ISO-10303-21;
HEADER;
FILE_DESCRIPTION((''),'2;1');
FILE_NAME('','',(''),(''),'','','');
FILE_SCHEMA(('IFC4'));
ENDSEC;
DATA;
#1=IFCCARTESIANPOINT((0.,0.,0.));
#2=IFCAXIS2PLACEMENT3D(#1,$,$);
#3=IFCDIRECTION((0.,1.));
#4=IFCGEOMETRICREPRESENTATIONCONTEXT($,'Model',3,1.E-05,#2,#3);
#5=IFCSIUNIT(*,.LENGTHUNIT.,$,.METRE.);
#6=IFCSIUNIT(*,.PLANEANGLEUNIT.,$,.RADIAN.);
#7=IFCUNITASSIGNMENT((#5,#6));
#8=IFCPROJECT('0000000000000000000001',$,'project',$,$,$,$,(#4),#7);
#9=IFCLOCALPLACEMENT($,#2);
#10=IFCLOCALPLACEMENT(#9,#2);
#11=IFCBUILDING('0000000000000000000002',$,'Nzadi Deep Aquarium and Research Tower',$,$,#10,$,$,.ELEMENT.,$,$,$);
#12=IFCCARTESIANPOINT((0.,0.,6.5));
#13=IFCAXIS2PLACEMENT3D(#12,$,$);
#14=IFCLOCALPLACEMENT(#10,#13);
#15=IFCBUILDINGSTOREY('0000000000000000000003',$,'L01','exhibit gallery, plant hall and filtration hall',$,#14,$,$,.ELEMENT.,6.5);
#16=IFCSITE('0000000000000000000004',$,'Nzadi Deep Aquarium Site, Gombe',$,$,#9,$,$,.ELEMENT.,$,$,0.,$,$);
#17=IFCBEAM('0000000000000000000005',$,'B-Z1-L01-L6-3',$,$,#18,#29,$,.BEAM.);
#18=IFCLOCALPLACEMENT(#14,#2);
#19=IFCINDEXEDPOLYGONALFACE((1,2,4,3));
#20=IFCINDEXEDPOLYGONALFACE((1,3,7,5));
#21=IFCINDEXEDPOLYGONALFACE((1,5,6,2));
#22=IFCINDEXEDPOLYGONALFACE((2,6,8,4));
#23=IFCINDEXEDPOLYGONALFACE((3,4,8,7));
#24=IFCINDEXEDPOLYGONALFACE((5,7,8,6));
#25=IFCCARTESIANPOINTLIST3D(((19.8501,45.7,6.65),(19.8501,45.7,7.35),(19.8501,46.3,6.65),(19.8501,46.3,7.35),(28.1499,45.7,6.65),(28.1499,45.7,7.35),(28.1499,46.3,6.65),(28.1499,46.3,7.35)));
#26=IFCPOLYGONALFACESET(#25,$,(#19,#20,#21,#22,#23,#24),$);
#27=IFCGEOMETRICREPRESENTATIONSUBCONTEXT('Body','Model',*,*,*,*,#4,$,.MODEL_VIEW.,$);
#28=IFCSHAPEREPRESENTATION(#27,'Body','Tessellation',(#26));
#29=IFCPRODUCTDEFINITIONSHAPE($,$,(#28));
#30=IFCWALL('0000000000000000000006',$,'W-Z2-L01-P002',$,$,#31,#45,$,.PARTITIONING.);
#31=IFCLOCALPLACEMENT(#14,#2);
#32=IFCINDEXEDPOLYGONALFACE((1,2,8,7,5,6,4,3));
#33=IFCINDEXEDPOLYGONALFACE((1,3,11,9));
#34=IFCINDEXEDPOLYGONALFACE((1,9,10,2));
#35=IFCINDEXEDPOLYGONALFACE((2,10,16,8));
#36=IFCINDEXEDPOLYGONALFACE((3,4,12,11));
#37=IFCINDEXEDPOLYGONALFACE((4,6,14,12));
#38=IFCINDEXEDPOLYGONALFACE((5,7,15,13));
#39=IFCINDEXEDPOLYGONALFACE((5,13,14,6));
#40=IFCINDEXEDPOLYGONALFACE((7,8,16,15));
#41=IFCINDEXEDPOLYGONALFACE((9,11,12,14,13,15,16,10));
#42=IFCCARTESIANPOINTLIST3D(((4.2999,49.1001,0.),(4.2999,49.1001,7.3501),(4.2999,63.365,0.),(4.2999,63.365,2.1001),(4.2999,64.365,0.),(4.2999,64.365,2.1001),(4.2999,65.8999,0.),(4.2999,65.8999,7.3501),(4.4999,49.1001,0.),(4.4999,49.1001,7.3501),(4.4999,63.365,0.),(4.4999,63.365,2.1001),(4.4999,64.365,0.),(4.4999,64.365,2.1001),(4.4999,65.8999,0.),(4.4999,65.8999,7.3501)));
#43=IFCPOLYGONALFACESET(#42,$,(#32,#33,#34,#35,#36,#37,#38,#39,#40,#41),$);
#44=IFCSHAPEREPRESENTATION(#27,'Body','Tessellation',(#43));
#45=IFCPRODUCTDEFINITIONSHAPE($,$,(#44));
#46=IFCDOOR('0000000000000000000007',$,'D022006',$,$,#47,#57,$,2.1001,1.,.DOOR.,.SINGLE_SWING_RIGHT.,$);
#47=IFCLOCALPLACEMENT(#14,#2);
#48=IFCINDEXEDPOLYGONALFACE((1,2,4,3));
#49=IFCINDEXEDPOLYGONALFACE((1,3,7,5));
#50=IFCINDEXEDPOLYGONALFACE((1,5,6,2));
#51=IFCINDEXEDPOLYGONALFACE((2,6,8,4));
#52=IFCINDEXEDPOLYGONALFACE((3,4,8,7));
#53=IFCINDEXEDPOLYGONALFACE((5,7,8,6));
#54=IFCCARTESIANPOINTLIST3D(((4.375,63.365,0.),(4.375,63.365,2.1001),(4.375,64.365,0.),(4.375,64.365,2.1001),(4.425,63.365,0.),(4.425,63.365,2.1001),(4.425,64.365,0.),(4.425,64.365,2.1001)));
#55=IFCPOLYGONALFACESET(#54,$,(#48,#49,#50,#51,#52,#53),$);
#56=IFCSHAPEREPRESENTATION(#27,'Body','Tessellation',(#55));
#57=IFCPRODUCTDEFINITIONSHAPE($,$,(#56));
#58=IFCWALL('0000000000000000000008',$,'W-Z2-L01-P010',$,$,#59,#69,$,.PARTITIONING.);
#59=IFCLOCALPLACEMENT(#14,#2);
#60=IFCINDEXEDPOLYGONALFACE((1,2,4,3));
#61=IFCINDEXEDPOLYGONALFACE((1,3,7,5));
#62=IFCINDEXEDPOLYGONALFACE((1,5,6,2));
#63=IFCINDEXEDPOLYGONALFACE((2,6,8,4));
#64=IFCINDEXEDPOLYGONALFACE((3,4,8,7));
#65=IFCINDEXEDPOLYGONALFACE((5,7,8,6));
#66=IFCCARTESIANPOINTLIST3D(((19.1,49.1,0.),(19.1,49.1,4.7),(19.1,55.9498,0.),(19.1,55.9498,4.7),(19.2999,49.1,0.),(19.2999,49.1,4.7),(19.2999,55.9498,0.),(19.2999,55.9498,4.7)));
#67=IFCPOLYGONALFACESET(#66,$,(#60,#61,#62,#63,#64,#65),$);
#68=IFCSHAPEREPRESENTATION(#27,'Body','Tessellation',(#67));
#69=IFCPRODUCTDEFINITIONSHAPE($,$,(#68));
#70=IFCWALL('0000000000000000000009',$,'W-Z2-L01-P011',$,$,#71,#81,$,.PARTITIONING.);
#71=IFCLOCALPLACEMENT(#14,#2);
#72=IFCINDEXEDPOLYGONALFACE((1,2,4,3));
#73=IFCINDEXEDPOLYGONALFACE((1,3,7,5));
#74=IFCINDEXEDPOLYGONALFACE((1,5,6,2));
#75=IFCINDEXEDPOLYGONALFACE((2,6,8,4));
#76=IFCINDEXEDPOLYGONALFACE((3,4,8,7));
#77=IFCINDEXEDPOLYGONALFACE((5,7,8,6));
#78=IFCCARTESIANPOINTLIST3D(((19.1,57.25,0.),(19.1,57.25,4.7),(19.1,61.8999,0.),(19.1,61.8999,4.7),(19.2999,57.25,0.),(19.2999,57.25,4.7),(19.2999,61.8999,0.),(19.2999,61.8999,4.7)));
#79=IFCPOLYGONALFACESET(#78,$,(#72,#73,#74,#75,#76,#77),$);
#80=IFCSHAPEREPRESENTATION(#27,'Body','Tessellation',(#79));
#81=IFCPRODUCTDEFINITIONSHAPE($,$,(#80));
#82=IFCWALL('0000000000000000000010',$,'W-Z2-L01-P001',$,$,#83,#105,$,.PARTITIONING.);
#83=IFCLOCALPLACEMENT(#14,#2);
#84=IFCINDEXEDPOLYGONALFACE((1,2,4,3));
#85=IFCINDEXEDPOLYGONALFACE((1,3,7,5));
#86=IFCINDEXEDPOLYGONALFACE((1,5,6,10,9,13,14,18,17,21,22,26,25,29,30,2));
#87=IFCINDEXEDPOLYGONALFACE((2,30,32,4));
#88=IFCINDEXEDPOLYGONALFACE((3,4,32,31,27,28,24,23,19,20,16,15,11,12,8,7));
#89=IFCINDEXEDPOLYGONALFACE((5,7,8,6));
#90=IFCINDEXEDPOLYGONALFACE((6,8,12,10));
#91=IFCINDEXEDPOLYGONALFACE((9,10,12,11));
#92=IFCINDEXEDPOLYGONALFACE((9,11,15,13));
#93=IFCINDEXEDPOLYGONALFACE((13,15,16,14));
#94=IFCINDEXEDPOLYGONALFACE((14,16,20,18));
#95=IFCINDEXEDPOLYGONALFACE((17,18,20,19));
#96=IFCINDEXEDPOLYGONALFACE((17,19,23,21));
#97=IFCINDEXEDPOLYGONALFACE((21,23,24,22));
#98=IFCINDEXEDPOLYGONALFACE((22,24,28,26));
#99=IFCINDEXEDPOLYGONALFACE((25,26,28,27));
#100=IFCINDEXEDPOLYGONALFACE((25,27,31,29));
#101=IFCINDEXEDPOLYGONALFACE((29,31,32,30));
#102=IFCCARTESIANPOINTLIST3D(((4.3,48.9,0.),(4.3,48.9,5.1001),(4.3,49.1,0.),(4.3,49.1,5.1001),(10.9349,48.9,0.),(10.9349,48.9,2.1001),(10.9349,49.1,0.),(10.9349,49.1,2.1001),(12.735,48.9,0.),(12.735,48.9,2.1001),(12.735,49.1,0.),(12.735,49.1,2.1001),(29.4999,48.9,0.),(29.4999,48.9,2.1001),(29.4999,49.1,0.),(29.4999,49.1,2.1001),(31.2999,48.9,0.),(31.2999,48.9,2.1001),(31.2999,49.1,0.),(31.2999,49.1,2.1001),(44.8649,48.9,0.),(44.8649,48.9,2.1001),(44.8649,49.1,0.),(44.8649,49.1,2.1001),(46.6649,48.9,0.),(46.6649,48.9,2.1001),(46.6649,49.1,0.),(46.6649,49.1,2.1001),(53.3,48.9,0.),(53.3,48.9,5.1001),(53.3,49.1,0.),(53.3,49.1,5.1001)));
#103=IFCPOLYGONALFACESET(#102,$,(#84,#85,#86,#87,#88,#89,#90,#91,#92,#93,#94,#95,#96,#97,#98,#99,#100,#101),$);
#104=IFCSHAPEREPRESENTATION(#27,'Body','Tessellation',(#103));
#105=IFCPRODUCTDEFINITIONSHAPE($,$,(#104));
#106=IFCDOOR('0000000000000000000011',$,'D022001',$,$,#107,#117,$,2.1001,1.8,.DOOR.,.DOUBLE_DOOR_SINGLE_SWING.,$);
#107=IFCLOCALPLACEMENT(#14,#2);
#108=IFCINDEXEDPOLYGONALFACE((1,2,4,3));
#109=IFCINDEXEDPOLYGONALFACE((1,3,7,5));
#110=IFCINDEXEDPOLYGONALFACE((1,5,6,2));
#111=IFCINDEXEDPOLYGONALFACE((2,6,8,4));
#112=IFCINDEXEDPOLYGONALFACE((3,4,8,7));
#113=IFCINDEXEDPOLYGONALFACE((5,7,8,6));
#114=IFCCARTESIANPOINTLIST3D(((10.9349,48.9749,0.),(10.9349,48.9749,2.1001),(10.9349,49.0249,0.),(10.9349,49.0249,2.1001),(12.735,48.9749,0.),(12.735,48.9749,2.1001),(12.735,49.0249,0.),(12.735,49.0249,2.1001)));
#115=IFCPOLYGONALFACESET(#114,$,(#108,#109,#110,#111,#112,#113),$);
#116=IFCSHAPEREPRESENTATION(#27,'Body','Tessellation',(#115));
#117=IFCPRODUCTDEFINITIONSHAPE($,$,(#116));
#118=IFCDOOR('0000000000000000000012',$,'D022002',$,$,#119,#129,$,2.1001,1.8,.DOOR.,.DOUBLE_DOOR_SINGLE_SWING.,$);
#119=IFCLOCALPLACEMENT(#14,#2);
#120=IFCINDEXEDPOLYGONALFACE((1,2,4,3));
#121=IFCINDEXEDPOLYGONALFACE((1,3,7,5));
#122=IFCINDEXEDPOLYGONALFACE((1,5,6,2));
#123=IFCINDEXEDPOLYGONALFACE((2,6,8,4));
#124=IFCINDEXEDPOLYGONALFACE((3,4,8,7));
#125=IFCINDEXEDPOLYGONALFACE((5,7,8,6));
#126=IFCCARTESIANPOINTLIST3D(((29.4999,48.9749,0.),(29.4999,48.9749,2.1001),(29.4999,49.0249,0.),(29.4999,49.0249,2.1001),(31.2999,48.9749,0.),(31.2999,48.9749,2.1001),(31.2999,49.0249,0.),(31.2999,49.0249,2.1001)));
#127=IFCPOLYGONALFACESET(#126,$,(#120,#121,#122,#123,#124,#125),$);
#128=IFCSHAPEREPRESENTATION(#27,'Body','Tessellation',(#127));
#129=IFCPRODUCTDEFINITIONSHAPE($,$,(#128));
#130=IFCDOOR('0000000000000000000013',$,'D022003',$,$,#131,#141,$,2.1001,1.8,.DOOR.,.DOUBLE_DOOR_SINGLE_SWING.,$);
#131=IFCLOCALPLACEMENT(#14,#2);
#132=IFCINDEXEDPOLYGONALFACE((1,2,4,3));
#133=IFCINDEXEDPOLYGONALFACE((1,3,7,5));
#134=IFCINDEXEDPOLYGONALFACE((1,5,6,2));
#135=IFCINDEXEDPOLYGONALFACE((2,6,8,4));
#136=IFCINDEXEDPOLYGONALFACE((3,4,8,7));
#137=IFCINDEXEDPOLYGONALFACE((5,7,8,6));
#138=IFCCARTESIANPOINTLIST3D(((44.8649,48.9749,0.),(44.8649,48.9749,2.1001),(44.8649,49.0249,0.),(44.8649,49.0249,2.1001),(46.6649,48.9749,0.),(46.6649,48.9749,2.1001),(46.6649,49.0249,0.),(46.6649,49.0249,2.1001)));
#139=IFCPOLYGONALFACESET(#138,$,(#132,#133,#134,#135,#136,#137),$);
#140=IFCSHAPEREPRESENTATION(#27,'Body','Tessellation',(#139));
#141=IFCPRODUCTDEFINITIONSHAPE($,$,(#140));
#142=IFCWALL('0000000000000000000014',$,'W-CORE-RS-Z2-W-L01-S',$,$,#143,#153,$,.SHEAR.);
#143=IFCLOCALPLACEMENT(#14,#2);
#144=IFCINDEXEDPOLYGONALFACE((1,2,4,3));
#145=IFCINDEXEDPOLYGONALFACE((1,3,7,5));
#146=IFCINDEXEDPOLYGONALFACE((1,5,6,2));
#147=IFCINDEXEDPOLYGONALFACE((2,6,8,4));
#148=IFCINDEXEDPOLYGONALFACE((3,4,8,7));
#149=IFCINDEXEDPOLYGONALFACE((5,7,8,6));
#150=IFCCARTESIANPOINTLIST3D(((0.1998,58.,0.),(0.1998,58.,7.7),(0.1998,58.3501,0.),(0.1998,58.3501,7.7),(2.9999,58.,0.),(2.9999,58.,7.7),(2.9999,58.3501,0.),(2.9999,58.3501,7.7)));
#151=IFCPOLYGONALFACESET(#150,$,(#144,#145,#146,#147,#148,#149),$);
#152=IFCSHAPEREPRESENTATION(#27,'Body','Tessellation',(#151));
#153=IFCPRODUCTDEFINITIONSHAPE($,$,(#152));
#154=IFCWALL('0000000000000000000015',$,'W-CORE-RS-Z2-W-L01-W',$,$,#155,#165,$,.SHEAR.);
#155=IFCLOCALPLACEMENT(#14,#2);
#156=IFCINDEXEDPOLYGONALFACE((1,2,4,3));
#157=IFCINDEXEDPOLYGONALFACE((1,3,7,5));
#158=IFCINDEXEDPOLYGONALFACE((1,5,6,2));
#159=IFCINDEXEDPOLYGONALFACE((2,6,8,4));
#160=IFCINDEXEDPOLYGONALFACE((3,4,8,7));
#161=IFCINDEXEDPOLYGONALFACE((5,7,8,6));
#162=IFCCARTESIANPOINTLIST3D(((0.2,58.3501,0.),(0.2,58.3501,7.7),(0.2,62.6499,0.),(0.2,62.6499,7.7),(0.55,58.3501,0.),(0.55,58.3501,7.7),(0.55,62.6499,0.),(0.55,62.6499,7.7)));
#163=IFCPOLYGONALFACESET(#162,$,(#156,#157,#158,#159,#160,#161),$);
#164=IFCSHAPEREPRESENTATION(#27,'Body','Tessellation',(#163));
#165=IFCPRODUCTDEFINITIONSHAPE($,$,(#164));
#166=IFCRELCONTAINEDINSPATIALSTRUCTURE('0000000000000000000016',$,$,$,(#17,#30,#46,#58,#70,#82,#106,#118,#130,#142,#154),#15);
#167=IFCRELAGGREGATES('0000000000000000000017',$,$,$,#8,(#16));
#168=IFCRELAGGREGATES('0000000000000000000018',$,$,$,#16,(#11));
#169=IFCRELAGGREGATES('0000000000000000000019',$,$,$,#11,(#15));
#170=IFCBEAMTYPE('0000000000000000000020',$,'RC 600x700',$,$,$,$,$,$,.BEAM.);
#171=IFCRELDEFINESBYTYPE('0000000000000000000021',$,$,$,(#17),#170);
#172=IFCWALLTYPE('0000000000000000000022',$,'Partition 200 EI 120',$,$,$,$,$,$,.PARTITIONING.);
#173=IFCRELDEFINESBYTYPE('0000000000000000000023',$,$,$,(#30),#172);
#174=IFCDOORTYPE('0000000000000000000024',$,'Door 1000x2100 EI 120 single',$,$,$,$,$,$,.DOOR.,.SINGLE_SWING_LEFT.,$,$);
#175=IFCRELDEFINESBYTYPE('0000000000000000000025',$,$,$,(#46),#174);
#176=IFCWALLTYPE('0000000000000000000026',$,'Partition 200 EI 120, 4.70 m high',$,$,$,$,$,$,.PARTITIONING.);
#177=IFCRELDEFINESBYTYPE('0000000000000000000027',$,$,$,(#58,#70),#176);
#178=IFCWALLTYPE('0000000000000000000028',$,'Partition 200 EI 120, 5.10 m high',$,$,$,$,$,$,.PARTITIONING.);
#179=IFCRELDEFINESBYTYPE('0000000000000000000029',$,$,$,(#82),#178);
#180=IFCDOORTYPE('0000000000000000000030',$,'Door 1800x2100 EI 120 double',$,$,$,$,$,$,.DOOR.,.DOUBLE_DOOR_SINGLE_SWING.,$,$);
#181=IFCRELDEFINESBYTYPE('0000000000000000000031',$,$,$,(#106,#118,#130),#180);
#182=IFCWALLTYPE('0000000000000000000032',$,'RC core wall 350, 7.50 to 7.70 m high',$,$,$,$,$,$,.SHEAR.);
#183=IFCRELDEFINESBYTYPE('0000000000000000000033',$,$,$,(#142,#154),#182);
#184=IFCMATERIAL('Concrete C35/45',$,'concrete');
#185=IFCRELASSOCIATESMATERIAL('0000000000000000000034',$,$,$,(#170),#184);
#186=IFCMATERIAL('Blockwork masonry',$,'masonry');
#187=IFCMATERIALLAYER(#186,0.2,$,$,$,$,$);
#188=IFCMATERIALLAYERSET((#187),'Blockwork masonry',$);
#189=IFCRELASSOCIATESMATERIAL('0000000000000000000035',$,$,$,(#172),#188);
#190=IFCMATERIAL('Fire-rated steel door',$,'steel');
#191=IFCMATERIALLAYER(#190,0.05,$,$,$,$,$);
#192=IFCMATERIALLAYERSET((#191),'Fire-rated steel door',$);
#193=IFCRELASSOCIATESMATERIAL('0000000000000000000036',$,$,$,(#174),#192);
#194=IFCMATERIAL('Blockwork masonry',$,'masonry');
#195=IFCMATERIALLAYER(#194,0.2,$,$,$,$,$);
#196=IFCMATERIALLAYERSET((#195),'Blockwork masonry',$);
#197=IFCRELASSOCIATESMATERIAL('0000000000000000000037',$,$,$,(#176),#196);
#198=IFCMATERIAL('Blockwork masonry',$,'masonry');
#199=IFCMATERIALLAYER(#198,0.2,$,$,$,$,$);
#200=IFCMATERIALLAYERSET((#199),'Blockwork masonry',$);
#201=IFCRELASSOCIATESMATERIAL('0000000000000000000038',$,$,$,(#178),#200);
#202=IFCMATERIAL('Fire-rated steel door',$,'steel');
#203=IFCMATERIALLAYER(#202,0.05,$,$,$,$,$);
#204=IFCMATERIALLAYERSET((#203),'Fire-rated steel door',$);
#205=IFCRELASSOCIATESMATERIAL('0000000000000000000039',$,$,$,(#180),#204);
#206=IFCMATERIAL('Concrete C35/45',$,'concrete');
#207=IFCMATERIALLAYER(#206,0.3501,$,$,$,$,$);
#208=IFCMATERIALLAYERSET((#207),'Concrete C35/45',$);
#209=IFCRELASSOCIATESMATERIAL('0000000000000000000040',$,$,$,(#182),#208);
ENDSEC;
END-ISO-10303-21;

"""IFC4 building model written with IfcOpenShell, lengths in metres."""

from ifc_helpers import new_model, si_unit, direction, frame, frame_2d, origin, origin_2d, place, context, subcontext, project, spatial, rectangle, extrude, material, layer, layer_set, material_profile, profile_set, type_object, element, fill, save


model = new_model("IFC4")

# Units and contexts
model_context = context("Model", 3, precision=1e-05, world=origin(), true_north=direction((0.0, 1.0)))
body_context = subcontext(model_context, "Body", "Model", "MODEL_VIEW")
ifc_project = project(units=[si_unit("LENGTHUNIT", "METRE"), si_unit("PLANEANGLEUNIT", "RADIAN")], contexts=[model_context])

# Site, building, storey
site_placement = place(None, origin())
site = spatial("IfcSite", under=ifc_project, at=site_placement, Name="Nzadi Deep Aquarium Site, Gombe", CompositionType="ELEMENT", RefElevation=0.0)
building_placement = place(site_placement, origin())
building = spatial("IfcBuilding", under=site, at=building_placement, Name="Nzadi Deep Aquarium and Research Tower", CompositionType="ELEMENT")
storey_placement = place(building_placement, frame((0.0, 0.0, 6.5)))
storey = spatial("IfcBuildingStorey", under=building, at=storey_placement, Name="L01", Description="exhibit gallery, plant hall and filtration hall", CompositionType="ELEMENT", Elevation=6.5)

# Beam
ifc_material_1 = material(Name="Concrete C35/45", Category="concrete")
ifc_material_profile_1 = material_profile(ifc_material_1, rectangle(XDim=0.6001, YDim=0.7, at=origin_2d()))
ifc_profile_set_1 = profile_set([ifc_material_profile_1], Name="Concrete C35/45")
beam_type_1 = type_object("IfcBeamType", Name="RC 600x700", PredefinedType="BEAM", material=ifc_profile_set_1)
beam_1_placement = place(storey_placement, frame((19.8501, 46.0, 7.0), z_axis=(1.0, 0.0, 0.0), x_axis=(0.0, 1.0, 0.0)))
element("IfcBeam", 1, at=beam_1_placement, inside=storey, type_object=beam_type_1, Name="B-Z1-L01-L6-3", PredefinedType="BEAM", context=body_context, shape_type="SweptSolid", body=[
    extrude(rectangle(XDim=0.6001, YDim=0.7, at=origin_2d()), origin(), (0.0, 0.0, 1.0), 8.2998),
])

# Wall, opening, door
ifc_material_2 = material(Name="Blockwork masonry", Category="masonry")
ifc_layer_1 = layer(ifc_material_2, 0.2)
ifc_layer_set_1 = layer_set([ifc_layer_1], Name="Blockwork masonry")
wall_type_1 = type_object("IfcWallType", Name="Partition 200 EI 120", PredefinedType="PARTITIONING", material=ifc_layer_set_1)
wall_1_placement = place(storey_placement, frame((4.3999, 49.1001, 0.0), z_axis=(0.0, 0.0, 1.0), x_axis=(0.0, 1.0, 0.0)))
wall_1 = element("IfcWall", 2, at=wall_1_placement, inside=storey, type_object=wall_type_1, Name="W-Z2-L01-P002", PredefinedType="PARTITIONING", context=body_context, shape_type="SweptSolid", body=[
    extrude(rectangle(XDim=16.7998, YDim=0.2, at=frame_2d((8.3999, 0.0))), origin(), (0.0, 0.0, 1.0), 7.3501),
])
opening_1_placement = place(wall_1_placement, frame((14.2649, 0.0, 0.0)))
opening_1 = element("IfcOpeningElement", 3, at=opening_1_placement, cuts=wall_1, PredefinedType="OPENING", context=body_context, shape_type="SweptSolid", body=[
    extrude(rectangle(XDim=1.0, YDim=2.1001, at=frame_2d((0.5, 1.05))), frame((0.0, 0.1101, 0.0), z_axis=(0.0, -1.0, 0.0), x_axis=(1.0, 0.0, 0.0)), (0.0, 0.0, 1.0), 0.2202),
])
ifc_material_3 = material(Name="Fire-rated steel door", Category="steel")
ifc_layer_2 = layer(ifc_material_3, 0.05)
ifc_layer_set_2 = layer_set([ifc_layer_2], Name="Fire-rated steel door")
door_type_1 = type_object("IfcDoorType", Name="Door 1000x2100 EI 120 single", OperationType="SINGLE_SWING_LEFT", PredefinedType="DOOR", material=ifc_layer_set_2)
door_1_placement = place(opening_1_placement, origin())
door_1 = element("IfcDoor", 4, at=door_1_placement, inside=storey, type_object=door_type_1, Name="D022006", OperationType="SINGLE_SWING_RIGHT", OverallHeight=2.1001, OverallWidth=1.0, PredefinedType="DOOR", context=body_context, shape_type="SweptSolid", body=[
    extrude(rectangle(XDim=1.0, YDim=2.1001, at=frame_2d((0.5, 1.05))), frame((0.0, 0.0249, 0.0), z_axis=(0.0, -1.0, 0.0), x_axis=(1.0, 0.0, 0.0)), (0.0, 0.0, 1.0), 0.05),
])
fill(opening_1, door_1)

# Walls
ifc_material_4 = material(Name="Blockwork masonry", Category="masonry")
ifc_layer_3 = layer(ifc_material_4, 0.2)
ifc_layer_set_3 = layer_set([ifc_layer_3], Name="Blockwork masonry")
wall_type_2 = type_object("IfcWallType", Name="Partition 200 EI 120, 4.70 m high", PredefinedType="PARTITIONING", material=ifc_layer_set_3)
wall_2_placement = place(storey_placement, frame((19.2, 49.1001, 0.0), z_axis=(0.0, 0.0, 1.0), x_axis=(0.0, 1.0, 0.0)))
element("IfcWall", 5, at=wall_2_placement, inside=storey, type_object=wall_type_2, Name="W-Z2-L01-P010", PredefinedType="PARTITIONING", context=body_context, shape_type="SweptSolid", body=[
    extrude(rectangle(XDim=6.8499, YDim=0.2, at=frame_2d((3.4248, 0.0))), origin(), (0.0, 0.0, 1.0), 4.7),
])
wall_3_placement = place(storey_placement, frame((19.2, 57.25, 0.0), z_axis=(0.0, 0.0, 1.0), x_axis=(0.0, 1.0, 0.0)))
element("IfcWall", 6, at=wall_3_placement, inside=storey, type_object=wall_type_2, Name="W-Z2-L01-P011", PredefinedType="PARTITIONING", context=body_context, shape_type="SweptSolid", body=[
    extrude(rectangle(XDim=4.6499, YDim=0.2, at=frame_2d((2.325, 0.0))), origin(), (0.0, 0.0, 1.0), 4.7),
])

# Wall, openings, doors
ifc_material_5 = material(Name="Blockwork masonry", Category="masonry")
ifc_layer_4 = layer(ifc_material_5, 0.2)
ifc_layer_set_4 = layer_set([ifc_layer_4], Name="Blockwork masonry")
wall_type_3 = type_object("IfcWallType", Name="Partition 200 EI 120, 5.10 m high", PredefinedType="PARTITIONING", material=ifc_layer_set_4)
wall_4_placement = place(storey_placement, frame((4.3, 49.0, 0.0), z_axis=(0.0, 0.0, 1.0), x_axis=(1.0, 0.0, 0.0)))
wall_4 = element("IfcWall", 7, at=wall_4_placement, inside=storey, type_object=wall_type_3, Name="W-Z2-L01-P001", PredefinedType="PARTITIONING", context=body_context, shape_type="SweptSolid", body=[
    extrude(rectangle(XDim=49.0, YDim=0.2, at=frame_2d((24.5, 0.0))), origin(), (0.0, 0.0, 1.0), 5.1001),
])
opening_2_placement = place(wall_4_placement, frame((6.635, 0.0, 0.0)))
opening_2 = element("IfcOpeningElement", 8, at=opening_2_placement, cuts=wall_4, PredefinedType="OPENING", context=body_context, shape_type="SweptSolid", body=[
    extrude(rectangle(XDim=1.8, YDim=2.1001, at=frame_2d((0.8999, 1.05))), frame((0.0, 0.1101, 0.0), z_axis=(0.0, -1.0, 0.0), x_axis=(1.0, 0.0, 0.0)), (0.0, 0.0, 1.0), 0.2202),
])
opening_3_placement = place(wall_4_placement, frame((25.2, 0.0, 0.0)))
opening_3 = element("IfcOpeningElement", 9, at=opening_3_placement, cuts=wall_4, PredefinedType="OPENING", context=body_context, shape_type="SweptSolid", body=[
    extrude(rectangle(XDim=1.8, YDim=2.1001, at=frame_2d((0.8999, 1.05))), frame((0.0, 0.1101, 0.0), z_axis=(0.0, -1.0, 0.0), x_axis=(1.0, 0.0, 0.0)), (0.0, 0.0, 1.0), 0.2202),
])
opening_4_placement = place(wall_4_placement, frame((40.5649, 0.0, 0.0)))
opening_4 = element("IfcOpeningElement", 10, at=opening_4_placement, cuts=wall_4, PredefinedType="OPENING", context=body_context, shape_type="SweptSolid", body=[
    extrude(rectangle(XDim=1.8, YDim=2.1001, at=frame_2d((0.8999, 1.05))), frame((0.0, 0.1101, 0.0), z_axis=(0.0, -1.0, 0.0), x_axis=(1.0, 0.0, 0.0)), (0.0, 0.0, 1.0), 0.2202),
])
ifc_material_6 = material(Name="Fire-rated steel door", Category="steel")
ifc_layer_5 = layer(ifc_material_6, 0.05)
ifc_layer_set_5 = layer_set([ifc_layer_5], Name="Fire-rated steel door")
door_type_2 = type_object("IfcDoorType", Name="Door 1800x2100 EI 120 double", OperationType="DOUBLE_DOOR_SINGLE_SWING", PredefinedType="DOOR", material=ifc_layer_set_5)
door_2_placement = place(opening_2_placement, origin())
door_2 = element("IfcDoor", 11, at=door_2_placement, inside=storey, type_object=door_type_2, Name="D022001", OperationType="DOUBLE_DOOR_SINGLE_SWING", OverallHeight=2.1001, OverallWidth=1.8, PredefinedType="DOOR", context=body_context, shape_type="SweptSolid", body=[
    extrude(rectangle(XDim=1.8, YDim=2.1001, at=frame_2d((0.8999, 1.05))), frame((0.0, 0.0249, 0.0), z_axis=(0.0, -1.0, 0.0), x_axis=(1.0, 0.0, 0.0)), (0.0, 0.0, 1.0), 0.05),
])
fill(opening_2, door_2)
door_3_placement = place(opening_3_placement, origin())
door_3 = element("IfcDoor", 12, at=door_3_placement, inside=storey, type_object=door_type_2, Name="D022002", OperationType="DOUBLE_DOOR_SINGLE_SWING", OverallHeight=2.1001, OverallWidth=1.8, PredefinedType="DOOR", context=body_context, shape_type="SweptSolid", body=[
    extrude(rectangle(XDim=1.8, YDim=2.1001, at=frame_2d((0.8999, 1.05))), frame((0.0, 0.0249, 0.0), z_axis=(0.0, -1.0, 0.0), x_axis=(1.0, 0.0, 0.0)), (0.0, 0.0, 1.0), 0.05),
])
fill(opening_3, door_3)
door_4_placement = place(opening_4_placement, origin())
door_4 = element("IfcDoor", 13, at=door_4_placement, inside=storey, type_object=door_type_2, Name="D022003", OperationType="DOUBLE_DOOR_SINGLE_SWING", OverallHeight=2.1001, OverallWidth=1.8, PredefinedType="DOOR", context=body_context, shape_type="SweptSolid", body=[
    extrude(rectangle(XDim=1.8, YDim=2.1001, at=frame_2d((0.8999, 1.05))), frame((0.0, 0.0249, 0.0), z_axis=(0.0, -1.0, 0.0), x_axis=(1.0, 0.0, 0.0)), (0.0, 0.0, 1.0), 0.05),
])
fill(opening_4, door_4)

# Walls
ifc_material_7 = material(Name="Concrete C35/45", Category="concrete")
ifc_layer_6 = layer(ifc_material_7, 0.3501)
ifc_layer_set_6 = layer_set([ifc_layer_6], Name="Concrete C35/45")
wall_type_4 = type_object("IfcWallType", Name="RC core wall 350, 7.50 to 7.70 m high", PredefinedType="SHEAR", material=ifc_layer_set_6)
wall_5_placement = place(storey_placement, frame((0.2, 58.175, 0.0), z_axis=(0.0, 0.0, 1.0), x_axis=(1.0, 0.0, 0.0)))
element("IfcWall", 14, at=wall_5_placement, inside=storey, type_object=wall_type_4, Name="W-CORE-RS-Z2-W-L01-S", PredefinedType="SHEAR", context=body_context, shape_type="SweptSolid", body=[
    extrude(rectangle(XDim=2.8, YDim=0.3501, at=frame_2d((1.3999, 0.0))), origin(), (0.0, 0.0, 1.0), 7.7),
])
wall_6_placement = place(storey_placement, frame((0.375, 58.3501, 0.0), z_axis=(0.0, 0.0, 1.0), x_axis=(0.0, 1.0, 0.0)))
element("IfcWall", 15, at=wall_6_placement, inside=storey, type_object=wall_type_4, Name="W-CORE-RS-Z2-W-L01-W", PredefinedType="SHEAR", context=body_context, shape_type="SweptSolid", body=[
    extrude(rectangle(XDim=4.2998, YDim=0.3501, at=frame_2d((2.1499, 0.0))), origin(), (0.0, 0.0, 1.0), 7.7),
])

save(model, "model.ifc")
